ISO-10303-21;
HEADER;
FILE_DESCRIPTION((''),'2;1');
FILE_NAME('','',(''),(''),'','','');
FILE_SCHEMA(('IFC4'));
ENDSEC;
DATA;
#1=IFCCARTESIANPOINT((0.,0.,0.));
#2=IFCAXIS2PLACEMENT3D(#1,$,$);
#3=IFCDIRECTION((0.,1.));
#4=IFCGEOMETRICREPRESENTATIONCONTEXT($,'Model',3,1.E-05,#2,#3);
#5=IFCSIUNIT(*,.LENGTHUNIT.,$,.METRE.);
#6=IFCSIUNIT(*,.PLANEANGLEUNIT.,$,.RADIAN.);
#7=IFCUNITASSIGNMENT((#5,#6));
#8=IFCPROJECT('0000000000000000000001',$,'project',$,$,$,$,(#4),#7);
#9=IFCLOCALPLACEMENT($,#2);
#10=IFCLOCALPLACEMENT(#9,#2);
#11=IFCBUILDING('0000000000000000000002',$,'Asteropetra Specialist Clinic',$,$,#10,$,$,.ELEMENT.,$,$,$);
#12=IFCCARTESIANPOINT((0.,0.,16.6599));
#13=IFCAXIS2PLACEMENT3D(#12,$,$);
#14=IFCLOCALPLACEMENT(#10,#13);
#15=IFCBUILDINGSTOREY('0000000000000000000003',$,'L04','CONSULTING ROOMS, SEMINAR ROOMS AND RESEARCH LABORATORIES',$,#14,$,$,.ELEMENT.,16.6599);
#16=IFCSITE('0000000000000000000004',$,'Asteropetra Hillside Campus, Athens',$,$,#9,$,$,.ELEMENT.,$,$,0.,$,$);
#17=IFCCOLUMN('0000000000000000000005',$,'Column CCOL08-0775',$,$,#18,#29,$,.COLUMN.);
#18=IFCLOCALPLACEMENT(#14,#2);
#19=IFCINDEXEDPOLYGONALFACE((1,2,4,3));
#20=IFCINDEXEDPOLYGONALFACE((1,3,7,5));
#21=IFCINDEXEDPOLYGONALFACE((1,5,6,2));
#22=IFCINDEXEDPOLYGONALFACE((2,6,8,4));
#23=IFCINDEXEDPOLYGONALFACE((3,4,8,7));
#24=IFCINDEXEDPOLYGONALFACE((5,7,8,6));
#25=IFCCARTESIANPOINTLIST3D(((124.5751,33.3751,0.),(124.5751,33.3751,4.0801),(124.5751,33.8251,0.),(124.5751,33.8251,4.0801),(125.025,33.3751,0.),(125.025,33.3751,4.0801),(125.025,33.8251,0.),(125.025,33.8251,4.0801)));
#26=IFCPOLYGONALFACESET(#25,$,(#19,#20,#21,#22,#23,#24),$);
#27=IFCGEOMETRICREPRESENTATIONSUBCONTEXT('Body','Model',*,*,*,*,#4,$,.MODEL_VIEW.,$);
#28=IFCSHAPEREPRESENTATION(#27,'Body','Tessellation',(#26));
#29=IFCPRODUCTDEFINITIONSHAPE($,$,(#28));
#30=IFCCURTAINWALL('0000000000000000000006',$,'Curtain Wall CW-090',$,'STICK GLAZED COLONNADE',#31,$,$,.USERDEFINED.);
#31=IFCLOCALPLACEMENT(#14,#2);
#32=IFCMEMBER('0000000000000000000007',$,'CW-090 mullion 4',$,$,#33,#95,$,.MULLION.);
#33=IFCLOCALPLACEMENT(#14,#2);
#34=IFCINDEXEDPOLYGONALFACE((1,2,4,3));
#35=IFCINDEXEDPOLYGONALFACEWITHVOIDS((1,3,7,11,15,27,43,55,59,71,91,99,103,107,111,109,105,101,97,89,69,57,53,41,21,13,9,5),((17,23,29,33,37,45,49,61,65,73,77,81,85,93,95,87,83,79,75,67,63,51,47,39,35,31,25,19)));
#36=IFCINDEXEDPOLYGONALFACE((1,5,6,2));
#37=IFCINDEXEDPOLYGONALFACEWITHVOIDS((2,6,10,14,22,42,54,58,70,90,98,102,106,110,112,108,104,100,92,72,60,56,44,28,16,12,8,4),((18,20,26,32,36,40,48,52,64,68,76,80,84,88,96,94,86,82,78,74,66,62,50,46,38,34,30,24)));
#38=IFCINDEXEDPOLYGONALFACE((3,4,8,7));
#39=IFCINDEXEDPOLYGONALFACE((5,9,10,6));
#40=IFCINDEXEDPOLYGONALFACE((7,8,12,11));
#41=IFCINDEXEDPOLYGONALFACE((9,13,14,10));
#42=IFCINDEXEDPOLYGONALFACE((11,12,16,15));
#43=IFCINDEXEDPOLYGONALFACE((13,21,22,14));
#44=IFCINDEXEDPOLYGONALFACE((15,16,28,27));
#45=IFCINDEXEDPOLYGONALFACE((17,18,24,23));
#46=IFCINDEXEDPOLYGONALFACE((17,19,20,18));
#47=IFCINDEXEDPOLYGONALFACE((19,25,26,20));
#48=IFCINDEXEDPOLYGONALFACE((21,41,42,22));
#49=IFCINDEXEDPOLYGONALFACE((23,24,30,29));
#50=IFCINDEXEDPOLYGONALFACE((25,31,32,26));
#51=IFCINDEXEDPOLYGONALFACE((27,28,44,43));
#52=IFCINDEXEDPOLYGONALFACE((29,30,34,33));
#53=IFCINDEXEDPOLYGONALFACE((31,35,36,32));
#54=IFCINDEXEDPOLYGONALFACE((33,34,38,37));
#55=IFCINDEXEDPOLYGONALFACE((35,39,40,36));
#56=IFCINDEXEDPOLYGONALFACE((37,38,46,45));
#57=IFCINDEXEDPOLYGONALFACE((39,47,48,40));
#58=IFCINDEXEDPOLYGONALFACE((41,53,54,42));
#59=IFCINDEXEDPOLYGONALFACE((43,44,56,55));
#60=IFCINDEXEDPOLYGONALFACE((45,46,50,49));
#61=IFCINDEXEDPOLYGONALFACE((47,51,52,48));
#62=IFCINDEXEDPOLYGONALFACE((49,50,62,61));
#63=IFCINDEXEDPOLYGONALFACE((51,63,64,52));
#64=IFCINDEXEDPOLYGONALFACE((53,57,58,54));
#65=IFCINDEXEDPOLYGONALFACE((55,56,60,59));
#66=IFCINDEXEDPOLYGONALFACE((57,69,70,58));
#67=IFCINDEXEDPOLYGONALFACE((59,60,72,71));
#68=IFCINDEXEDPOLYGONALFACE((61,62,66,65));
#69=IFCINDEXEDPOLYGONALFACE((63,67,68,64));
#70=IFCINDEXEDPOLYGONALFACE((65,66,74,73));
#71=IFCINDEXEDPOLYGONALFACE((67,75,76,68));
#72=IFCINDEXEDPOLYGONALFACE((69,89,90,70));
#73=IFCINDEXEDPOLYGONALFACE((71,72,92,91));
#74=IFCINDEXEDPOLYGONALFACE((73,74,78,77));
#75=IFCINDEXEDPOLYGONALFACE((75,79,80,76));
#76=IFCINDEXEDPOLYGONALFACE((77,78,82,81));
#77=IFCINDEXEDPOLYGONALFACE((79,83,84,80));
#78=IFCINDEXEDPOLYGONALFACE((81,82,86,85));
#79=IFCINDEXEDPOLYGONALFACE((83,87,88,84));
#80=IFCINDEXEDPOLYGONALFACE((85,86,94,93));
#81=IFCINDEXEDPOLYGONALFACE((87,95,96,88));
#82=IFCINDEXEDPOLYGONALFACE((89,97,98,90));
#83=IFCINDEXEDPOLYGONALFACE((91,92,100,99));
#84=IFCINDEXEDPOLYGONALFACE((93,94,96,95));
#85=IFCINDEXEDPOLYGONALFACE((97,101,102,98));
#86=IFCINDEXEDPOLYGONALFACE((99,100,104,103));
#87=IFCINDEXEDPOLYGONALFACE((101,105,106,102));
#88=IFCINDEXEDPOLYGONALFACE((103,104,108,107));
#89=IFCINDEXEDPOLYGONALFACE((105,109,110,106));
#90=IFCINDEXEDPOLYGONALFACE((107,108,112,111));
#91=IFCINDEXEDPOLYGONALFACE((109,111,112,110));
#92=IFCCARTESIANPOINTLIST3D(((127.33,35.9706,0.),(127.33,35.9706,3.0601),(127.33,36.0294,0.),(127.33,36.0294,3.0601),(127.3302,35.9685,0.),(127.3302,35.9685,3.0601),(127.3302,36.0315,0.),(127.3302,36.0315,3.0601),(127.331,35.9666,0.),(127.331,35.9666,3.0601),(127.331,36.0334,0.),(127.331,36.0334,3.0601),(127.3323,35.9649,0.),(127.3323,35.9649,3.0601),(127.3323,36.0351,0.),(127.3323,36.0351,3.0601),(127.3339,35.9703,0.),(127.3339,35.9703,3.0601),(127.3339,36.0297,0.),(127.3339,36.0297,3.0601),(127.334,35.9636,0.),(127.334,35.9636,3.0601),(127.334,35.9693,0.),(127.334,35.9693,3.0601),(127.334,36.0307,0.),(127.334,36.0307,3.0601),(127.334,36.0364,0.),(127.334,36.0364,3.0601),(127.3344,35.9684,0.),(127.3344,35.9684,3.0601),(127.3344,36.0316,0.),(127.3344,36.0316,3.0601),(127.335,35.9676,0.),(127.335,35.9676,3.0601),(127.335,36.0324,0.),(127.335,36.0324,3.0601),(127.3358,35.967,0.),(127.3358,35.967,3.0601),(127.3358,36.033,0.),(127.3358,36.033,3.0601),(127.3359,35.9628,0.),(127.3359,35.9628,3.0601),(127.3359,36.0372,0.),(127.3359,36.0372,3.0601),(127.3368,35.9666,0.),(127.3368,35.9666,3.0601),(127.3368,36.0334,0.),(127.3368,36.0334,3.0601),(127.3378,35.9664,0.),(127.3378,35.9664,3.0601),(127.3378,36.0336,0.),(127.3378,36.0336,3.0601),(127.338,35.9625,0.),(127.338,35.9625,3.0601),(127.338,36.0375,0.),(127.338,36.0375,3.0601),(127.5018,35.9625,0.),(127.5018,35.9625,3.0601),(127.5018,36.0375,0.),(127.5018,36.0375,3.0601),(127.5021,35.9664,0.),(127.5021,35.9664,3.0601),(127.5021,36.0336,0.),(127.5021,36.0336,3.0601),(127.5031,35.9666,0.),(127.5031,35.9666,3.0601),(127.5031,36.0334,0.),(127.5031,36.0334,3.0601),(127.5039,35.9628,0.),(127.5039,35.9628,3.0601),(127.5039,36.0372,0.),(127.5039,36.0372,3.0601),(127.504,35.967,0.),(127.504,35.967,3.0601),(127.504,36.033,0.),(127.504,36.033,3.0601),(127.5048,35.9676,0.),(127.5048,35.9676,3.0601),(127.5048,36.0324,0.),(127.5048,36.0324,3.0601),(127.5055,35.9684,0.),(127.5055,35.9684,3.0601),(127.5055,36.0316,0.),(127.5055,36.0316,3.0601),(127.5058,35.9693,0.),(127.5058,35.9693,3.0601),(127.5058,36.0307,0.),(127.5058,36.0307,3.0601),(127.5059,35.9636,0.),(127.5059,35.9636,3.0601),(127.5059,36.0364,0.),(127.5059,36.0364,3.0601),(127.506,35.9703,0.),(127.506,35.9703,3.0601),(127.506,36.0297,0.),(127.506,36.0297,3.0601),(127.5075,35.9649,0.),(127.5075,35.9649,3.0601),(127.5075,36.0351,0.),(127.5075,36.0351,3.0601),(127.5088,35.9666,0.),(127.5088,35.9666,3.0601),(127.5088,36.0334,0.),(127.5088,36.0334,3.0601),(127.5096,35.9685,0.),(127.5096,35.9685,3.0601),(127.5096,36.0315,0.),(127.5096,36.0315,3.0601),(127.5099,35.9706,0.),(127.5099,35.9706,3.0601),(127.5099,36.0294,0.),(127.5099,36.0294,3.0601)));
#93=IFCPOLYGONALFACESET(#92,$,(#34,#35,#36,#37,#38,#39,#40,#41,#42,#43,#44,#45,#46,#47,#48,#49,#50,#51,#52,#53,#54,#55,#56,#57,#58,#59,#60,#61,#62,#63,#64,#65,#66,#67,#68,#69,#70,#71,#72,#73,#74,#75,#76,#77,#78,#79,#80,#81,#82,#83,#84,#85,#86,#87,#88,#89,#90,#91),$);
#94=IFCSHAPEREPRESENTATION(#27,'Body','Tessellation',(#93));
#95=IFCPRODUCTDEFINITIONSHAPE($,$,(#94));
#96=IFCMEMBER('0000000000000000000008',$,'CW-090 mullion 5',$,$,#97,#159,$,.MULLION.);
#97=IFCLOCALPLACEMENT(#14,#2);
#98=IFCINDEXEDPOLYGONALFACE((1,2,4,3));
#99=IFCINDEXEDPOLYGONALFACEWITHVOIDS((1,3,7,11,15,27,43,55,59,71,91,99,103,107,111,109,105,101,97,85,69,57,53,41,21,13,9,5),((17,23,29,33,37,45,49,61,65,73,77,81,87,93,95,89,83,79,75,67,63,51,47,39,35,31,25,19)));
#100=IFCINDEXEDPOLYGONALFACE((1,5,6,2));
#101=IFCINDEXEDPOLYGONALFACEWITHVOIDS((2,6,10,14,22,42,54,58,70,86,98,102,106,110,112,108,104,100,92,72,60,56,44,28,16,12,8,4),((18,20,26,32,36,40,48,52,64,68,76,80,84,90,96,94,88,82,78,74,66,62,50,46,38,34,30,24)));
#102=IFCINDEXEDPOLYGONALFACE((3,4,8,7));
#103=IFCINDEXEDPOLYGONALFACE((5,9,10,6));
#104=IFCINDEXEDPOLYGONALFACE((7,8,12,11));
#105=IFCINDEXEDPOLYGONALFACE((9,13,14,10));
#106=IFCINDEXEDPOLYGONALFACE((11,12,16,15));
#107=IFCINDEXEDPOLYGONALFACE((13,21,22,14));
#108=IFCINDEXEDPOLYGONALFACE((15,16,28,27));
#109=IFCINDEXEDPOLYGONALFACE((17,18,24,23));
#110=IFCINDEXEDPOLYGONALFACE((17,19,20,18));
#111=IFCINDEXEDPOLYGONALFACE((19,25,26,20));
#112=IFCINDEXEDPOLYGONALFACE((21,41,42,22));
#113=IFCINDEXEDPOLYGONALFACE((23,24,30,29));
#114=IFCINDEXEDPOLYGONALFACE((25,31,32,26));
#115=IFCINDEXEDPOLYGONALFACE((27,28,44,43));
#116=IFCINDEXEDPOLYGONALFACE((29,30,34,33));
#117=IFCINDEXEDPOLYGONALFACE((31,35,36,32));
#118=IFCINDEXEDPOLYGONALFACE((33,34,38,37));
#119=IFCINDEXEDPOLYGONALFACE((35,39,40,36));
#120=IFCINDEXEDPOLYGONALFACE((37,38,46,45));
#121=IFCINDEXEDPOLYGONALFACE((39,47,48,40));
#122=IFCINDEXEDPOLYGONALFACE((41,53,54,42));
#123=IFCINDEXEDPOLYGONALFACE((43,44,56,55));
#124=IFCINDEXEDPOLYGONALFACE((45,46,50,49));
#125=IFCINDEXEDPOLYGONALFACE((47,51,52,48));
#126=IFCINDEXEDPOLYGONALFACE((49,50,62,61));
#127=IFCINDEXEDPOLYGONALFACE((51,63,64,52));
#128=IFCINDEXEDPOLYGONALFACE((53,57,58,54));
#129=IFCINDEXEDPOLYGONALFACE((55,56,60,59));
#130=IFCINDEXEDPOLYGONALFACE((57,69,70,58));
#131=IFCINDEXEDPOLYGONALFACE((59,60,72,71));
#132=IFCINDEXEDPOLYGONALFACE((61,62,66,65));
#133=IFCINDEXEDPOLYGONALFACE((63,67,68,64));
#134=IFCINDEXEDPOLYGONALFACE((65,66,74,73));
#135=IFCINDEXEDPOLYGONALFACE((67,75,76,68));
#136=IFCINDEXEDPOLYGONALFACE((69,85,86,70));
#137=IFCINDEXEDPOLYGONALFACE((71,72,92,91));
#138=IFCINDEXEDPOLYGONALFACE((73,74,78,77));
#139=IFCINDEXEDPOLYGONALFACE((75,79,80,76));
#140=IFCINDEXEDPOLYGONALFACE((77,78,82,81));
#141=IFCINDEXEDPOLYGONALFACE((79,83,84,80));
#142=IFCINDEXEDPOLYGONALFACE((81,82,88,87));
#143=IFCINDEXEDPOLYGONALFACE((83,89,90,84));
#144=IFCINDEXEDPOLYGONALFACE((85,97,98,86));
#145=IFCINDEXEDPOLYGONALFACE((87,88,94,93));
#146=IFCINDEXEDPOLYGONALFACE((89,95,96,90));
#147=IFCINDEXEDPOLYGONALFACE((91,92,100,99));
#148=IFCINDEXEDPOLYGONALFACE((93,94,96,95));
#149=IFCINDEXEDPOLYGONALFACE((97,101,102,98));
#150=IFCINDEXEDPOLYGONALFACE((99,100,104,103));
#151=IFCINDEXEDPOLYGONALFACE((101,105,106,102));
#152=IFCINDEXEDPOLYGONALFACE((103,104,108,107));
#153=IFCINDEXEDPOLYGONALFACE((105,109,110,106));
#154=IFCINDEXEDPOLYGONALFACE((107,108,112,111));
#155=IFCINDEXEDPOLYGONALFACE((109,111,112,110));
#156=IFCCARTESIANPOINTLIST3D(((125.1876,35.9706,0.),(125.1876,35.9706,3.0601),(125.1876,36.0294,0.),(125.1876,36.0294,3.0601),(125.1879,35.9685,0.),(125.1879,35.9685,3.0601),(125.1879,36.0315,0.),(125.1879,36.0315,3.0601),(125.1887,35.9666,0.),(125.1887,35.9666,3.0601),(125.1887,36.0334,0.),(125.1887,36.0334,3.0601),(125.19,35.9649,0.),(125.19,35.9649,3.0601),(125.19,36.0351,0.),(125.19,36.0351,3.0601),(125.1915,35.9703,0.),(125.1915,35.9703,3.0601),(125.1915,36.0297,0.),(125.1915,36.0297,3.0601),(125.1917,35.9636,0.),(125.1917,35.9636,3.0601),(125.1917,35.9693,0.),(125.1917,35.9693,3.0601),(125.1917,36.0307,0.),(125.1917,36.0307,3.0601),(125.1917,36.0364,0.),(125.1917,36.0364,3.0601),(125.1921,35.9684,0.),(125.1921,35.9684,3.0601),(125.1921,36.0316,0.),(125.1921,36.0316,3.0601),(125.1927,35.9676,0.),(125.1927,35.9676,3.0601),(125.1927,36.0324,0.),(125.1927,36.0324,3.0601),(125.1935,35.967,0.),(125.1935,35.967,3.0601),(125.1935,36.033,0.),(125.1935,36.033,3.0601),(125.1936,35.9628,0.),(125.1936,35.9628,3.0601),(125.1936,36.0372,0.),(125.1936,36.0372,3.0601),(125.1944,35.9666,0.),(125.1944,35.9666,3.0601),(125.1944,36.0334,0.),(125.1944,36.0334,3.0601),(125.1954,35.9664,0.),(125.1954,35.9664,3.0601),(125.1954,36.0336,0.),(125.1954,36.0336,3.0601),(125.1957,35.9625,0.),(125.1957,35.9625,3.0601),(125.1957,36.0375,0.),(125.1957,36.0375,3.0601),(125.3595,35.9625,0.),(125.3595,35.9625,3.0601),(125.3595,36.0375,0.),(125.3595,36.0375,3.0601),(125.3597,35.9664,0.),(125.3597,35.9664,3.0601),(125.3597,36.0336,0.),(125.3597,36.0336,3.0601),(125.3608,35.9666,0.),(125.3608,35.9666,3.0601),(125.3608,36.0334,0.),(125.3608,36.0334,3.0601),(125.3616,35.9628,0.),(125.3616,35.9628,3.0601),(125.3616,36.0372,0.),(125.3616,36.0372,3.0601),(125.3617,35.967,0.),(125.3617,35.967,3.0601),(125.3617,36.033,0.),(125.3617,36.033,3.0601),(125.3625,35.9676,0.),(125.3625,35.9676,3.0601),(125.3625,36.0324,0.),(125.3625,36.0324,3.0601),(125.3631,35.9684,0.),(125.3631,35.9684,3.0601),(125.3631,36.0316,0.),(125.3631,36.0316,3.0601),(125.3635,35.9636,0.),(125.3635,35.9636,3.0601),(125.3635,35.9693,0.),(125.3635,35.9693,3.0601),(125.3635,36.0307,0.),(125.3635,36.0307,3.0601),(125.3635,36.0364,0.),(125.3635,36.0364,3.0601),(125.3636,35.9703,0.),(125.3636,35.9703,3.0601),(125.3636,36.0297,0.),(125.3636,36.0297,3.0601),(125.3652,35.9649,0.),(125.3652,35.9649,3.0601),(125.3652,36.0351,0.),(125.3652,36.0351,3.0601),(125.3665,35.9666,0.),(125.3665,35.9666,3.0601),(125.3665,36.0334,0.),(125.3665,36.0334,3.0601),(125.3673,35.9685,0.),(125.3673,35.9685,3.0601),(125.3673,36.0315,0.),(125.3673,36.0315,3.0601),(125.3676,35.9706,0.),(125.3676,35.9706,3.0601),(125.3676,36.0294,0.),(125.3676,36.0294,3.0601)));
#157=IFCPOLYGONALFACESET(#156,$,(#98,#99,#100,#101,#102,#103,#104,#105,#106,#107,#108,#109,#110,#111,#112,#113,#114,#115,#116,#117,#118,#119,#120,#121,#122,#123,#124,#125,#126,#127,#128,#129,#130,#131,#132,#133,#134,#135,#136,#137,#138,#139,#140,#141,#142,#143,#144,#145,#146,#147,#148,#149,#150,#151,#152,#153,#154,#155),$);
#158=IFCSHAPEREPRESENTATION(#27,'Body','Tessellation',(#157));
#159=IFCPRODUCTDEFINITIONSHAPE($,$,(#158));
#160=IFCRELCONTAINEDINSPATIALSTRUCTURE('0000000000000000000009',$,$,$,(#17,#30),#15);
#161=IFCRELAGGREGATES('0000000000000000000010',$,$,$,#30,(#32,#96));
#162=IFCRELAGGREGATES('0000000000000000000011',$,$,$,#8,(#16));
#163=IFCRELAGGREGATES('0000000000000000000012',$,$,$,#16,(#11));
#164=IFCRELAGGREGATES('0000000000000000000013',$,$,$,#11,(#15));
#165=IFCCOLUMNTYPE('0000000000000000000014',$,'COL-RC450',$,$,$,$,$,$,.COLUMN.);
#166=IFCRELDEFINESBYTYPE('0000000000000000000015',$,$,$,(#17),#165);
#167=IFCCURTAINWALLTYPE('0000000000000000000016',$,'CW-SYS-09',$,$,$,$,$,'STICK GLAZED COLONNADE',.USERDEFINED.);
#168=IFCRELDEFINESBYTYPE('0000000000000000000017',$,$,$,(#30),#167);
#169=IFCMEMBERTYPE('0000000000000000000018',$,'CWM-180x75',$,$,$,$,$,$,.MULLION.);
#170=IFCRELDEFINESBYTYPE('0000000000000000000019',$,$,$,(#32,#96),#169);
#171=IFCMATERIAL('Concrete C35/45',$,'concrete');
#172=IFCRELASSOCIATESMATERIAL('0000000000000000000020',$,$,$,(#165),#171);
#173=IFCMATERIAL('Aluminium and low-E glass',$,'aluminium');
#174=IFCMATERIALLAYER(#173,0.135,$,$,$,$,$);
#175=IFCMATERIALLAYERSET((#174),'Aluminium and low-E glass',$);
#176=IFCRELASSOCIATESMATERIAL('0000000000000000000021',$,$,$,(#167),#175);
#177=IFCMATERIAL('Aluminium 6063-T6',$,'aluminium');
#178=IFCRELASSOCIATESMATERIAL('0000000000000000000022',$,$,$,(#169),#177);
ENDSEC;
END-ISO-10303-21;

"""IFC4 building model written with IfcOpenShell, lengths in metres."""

from ifc_helpers import new_model, si_unit, direction, frame, origin, origin_2d, place, context, subcontext, project, spatial, rectangle, hollow_rectangle, extrude, material, layer, layer_set, material_profile, profile_set, type_object, element, aggregate, save


model = new_model("IFC4")

# Units and contexts
model_context = context("Model", 3, precision=1e-05, world=origin(), true_north=direction((0.0, 1.0)))
body_context = subcontext(model_context, "Body", "Model", "MODEL_VIEW")
ifc_project = project(units=[si_unit("LENGTHUNIT", "METRE"), si_unit("PLANEANGLEUNIT", "RADIAN")], contexts=[model_context])

# Site, building, storey
site_placement = place(None, origin())
site = spatial("IfcSite", under=ifc_project, at=site_placement, Name="Asteropetra Hillside Campus, Athens", CompositionType="ELEMENT", RefElevation=0.0)
building_placement = place(site_placement, origin())
building = spatial("IfcBuilding", under=site, at=building_placement, Name="Asteropetra Specialist Clinic", CompositionType="ELEMENT")
storey_placement = place(building_placement, frame((0.0, 0.0, 16.6599)))
storey = spatial("IfcBuildingStorey", under=building, at=storey_placement, Name="L04", Description="CONSULTING ROOMS, SEMINAR ROOMS AND RESEARCH LABORATORIES", CompositionType="ELEMENT", Elevation=16.6599)

# Column
ifc_material_1 = material(Name="Concrete C35/45", Category="concrete")
ifc_material_profile_1 = material_profile(ifc_material_1, rectangle(XDim=0.45, YDim=0.45, at=origin_2d()), Name="RC 450x450")
ifc_profile_set_1 = profile_set([ifc_material_profile_1], Name="Concrete C35/45")
column_type = type_object("IfcColumnType", Name="COL-RC450", PredefinedType="COLUMN", material=ifc_profile_set_1)
column_placement = place(storey_placement, frame((124.8, 33.6001, 0.0), z_axis=(0.0, 0.0, 1.0), x_axis=(1.0, 0.0, 0.0)))
element("IfcColumn", 1, at=column_placement, inside=storey, type_object=column_type, Name="Column CCOL08-0775", PredefinedType="COLUMN", context=body_context, shape_type="SweptSolid", body=[
    extrude(rectangle(XDim=0.45, YDim=0.45, at=origin_2d()), origin(), (0.0, 0.0, 1.0), 4.0801),
])

# Curtain wall, members
ifc_material_2 = material(Name="Aluminium and low-E glass", Category="aluminium")
ifc_layer_1 = layer(ifc_material_2, 0.135)
ifc_layer_set_1 = layer_set([ifc_layer_1], Name="Aluminium and low-E glass")
curtain_wall_type_1 = type_object("IfcCurtainWallType", Name="CW-SYS-09", ElementType="STICK GLAZED COLONNADE", PredefinedType="USERDEFINED", material=ifc_layer_set_1)
curtain_wall_1_placement = place(storey_placement, origin())
curtain_wall_1 = element("IfcCurtainWall", 2, at=curtain_wall_1_placement, inside=storey, type_object=curtain_wall_type_1, Name="Curtain Wall CW-090", ObjectType="STICK GLAZED COLONNADE", PredefinedType="USERDEFINED")
ifc_material_3 = material(Name="Aluminium 6063-T6", Category="aluminium")
ifc_material_profile_2 = material_profile(ifc_material_3, hollow_rectangle(XDim=0.075, YDim=0.1799, WallThickness=0.0039, InnerFilletRadius=0.0039, OuterFilletRadius=0.0081, at=origin_2d()), Name="MUL 180x75x4.0")
ifc_profile_set_2 = profile_set([ifc_material_profile_2], Name="Aluminium 6063-T6")
member_type_1 = type_object("IfcMemberType", Name="CWM-180x75", PredefinedType="MULLION", material=ifc_profile_set_2)
member_1_placement = place(storey_placement, frame((127.4199, 36.0, 0.0), z_axis=(0.0, 0.0, 1.0), x_axis=(0.0, -1.0, 0.0)))
member_1 = element("IfcMember", 3, at=member_1_placement, type_object=member_type_1, Name="CW-090 mullion 4", PredefinedType="MULLION", context=body_context, shape_type="SweptSolid", body=[
    extrude(hollow_rectangle(XDim=0.075, YDim=0.1799, WallThickness=0.0039, InnerFilletRadius=0.0039, OuterFilletRadius=0.0081, at=origin_2d()), origin(), (0.0, 0.0, 1.0), 3.0601),
])
member_2_placement = place(storey_placement, frame((125.2776, 36.0, 0.0), z_axis=(0.0, 0.0, 1.0), x_axis=(0.0, -1.0, 0.0)))
member_2 = element("IfcMember", 4, at=member_2_placement, type_object=member_type_1, Name="CW-090 mullion 5", PredefinedType="MULLION", context=body_context, shape_type="SweptSolid", body=[
    extrude(hollow_rectangle(XDim=0.075, YDim=0.1799, WallThickness=0.0039, InnerFilletRadius=0.0039, OuterFilletRadius=0.0081, at=origin_2d()), origin(), (0.0, 0.0, 1.0), 3.0601),
])

aggregate(curtain_wall_1, [member_1, member_2])

save(model, "model.ifc")
